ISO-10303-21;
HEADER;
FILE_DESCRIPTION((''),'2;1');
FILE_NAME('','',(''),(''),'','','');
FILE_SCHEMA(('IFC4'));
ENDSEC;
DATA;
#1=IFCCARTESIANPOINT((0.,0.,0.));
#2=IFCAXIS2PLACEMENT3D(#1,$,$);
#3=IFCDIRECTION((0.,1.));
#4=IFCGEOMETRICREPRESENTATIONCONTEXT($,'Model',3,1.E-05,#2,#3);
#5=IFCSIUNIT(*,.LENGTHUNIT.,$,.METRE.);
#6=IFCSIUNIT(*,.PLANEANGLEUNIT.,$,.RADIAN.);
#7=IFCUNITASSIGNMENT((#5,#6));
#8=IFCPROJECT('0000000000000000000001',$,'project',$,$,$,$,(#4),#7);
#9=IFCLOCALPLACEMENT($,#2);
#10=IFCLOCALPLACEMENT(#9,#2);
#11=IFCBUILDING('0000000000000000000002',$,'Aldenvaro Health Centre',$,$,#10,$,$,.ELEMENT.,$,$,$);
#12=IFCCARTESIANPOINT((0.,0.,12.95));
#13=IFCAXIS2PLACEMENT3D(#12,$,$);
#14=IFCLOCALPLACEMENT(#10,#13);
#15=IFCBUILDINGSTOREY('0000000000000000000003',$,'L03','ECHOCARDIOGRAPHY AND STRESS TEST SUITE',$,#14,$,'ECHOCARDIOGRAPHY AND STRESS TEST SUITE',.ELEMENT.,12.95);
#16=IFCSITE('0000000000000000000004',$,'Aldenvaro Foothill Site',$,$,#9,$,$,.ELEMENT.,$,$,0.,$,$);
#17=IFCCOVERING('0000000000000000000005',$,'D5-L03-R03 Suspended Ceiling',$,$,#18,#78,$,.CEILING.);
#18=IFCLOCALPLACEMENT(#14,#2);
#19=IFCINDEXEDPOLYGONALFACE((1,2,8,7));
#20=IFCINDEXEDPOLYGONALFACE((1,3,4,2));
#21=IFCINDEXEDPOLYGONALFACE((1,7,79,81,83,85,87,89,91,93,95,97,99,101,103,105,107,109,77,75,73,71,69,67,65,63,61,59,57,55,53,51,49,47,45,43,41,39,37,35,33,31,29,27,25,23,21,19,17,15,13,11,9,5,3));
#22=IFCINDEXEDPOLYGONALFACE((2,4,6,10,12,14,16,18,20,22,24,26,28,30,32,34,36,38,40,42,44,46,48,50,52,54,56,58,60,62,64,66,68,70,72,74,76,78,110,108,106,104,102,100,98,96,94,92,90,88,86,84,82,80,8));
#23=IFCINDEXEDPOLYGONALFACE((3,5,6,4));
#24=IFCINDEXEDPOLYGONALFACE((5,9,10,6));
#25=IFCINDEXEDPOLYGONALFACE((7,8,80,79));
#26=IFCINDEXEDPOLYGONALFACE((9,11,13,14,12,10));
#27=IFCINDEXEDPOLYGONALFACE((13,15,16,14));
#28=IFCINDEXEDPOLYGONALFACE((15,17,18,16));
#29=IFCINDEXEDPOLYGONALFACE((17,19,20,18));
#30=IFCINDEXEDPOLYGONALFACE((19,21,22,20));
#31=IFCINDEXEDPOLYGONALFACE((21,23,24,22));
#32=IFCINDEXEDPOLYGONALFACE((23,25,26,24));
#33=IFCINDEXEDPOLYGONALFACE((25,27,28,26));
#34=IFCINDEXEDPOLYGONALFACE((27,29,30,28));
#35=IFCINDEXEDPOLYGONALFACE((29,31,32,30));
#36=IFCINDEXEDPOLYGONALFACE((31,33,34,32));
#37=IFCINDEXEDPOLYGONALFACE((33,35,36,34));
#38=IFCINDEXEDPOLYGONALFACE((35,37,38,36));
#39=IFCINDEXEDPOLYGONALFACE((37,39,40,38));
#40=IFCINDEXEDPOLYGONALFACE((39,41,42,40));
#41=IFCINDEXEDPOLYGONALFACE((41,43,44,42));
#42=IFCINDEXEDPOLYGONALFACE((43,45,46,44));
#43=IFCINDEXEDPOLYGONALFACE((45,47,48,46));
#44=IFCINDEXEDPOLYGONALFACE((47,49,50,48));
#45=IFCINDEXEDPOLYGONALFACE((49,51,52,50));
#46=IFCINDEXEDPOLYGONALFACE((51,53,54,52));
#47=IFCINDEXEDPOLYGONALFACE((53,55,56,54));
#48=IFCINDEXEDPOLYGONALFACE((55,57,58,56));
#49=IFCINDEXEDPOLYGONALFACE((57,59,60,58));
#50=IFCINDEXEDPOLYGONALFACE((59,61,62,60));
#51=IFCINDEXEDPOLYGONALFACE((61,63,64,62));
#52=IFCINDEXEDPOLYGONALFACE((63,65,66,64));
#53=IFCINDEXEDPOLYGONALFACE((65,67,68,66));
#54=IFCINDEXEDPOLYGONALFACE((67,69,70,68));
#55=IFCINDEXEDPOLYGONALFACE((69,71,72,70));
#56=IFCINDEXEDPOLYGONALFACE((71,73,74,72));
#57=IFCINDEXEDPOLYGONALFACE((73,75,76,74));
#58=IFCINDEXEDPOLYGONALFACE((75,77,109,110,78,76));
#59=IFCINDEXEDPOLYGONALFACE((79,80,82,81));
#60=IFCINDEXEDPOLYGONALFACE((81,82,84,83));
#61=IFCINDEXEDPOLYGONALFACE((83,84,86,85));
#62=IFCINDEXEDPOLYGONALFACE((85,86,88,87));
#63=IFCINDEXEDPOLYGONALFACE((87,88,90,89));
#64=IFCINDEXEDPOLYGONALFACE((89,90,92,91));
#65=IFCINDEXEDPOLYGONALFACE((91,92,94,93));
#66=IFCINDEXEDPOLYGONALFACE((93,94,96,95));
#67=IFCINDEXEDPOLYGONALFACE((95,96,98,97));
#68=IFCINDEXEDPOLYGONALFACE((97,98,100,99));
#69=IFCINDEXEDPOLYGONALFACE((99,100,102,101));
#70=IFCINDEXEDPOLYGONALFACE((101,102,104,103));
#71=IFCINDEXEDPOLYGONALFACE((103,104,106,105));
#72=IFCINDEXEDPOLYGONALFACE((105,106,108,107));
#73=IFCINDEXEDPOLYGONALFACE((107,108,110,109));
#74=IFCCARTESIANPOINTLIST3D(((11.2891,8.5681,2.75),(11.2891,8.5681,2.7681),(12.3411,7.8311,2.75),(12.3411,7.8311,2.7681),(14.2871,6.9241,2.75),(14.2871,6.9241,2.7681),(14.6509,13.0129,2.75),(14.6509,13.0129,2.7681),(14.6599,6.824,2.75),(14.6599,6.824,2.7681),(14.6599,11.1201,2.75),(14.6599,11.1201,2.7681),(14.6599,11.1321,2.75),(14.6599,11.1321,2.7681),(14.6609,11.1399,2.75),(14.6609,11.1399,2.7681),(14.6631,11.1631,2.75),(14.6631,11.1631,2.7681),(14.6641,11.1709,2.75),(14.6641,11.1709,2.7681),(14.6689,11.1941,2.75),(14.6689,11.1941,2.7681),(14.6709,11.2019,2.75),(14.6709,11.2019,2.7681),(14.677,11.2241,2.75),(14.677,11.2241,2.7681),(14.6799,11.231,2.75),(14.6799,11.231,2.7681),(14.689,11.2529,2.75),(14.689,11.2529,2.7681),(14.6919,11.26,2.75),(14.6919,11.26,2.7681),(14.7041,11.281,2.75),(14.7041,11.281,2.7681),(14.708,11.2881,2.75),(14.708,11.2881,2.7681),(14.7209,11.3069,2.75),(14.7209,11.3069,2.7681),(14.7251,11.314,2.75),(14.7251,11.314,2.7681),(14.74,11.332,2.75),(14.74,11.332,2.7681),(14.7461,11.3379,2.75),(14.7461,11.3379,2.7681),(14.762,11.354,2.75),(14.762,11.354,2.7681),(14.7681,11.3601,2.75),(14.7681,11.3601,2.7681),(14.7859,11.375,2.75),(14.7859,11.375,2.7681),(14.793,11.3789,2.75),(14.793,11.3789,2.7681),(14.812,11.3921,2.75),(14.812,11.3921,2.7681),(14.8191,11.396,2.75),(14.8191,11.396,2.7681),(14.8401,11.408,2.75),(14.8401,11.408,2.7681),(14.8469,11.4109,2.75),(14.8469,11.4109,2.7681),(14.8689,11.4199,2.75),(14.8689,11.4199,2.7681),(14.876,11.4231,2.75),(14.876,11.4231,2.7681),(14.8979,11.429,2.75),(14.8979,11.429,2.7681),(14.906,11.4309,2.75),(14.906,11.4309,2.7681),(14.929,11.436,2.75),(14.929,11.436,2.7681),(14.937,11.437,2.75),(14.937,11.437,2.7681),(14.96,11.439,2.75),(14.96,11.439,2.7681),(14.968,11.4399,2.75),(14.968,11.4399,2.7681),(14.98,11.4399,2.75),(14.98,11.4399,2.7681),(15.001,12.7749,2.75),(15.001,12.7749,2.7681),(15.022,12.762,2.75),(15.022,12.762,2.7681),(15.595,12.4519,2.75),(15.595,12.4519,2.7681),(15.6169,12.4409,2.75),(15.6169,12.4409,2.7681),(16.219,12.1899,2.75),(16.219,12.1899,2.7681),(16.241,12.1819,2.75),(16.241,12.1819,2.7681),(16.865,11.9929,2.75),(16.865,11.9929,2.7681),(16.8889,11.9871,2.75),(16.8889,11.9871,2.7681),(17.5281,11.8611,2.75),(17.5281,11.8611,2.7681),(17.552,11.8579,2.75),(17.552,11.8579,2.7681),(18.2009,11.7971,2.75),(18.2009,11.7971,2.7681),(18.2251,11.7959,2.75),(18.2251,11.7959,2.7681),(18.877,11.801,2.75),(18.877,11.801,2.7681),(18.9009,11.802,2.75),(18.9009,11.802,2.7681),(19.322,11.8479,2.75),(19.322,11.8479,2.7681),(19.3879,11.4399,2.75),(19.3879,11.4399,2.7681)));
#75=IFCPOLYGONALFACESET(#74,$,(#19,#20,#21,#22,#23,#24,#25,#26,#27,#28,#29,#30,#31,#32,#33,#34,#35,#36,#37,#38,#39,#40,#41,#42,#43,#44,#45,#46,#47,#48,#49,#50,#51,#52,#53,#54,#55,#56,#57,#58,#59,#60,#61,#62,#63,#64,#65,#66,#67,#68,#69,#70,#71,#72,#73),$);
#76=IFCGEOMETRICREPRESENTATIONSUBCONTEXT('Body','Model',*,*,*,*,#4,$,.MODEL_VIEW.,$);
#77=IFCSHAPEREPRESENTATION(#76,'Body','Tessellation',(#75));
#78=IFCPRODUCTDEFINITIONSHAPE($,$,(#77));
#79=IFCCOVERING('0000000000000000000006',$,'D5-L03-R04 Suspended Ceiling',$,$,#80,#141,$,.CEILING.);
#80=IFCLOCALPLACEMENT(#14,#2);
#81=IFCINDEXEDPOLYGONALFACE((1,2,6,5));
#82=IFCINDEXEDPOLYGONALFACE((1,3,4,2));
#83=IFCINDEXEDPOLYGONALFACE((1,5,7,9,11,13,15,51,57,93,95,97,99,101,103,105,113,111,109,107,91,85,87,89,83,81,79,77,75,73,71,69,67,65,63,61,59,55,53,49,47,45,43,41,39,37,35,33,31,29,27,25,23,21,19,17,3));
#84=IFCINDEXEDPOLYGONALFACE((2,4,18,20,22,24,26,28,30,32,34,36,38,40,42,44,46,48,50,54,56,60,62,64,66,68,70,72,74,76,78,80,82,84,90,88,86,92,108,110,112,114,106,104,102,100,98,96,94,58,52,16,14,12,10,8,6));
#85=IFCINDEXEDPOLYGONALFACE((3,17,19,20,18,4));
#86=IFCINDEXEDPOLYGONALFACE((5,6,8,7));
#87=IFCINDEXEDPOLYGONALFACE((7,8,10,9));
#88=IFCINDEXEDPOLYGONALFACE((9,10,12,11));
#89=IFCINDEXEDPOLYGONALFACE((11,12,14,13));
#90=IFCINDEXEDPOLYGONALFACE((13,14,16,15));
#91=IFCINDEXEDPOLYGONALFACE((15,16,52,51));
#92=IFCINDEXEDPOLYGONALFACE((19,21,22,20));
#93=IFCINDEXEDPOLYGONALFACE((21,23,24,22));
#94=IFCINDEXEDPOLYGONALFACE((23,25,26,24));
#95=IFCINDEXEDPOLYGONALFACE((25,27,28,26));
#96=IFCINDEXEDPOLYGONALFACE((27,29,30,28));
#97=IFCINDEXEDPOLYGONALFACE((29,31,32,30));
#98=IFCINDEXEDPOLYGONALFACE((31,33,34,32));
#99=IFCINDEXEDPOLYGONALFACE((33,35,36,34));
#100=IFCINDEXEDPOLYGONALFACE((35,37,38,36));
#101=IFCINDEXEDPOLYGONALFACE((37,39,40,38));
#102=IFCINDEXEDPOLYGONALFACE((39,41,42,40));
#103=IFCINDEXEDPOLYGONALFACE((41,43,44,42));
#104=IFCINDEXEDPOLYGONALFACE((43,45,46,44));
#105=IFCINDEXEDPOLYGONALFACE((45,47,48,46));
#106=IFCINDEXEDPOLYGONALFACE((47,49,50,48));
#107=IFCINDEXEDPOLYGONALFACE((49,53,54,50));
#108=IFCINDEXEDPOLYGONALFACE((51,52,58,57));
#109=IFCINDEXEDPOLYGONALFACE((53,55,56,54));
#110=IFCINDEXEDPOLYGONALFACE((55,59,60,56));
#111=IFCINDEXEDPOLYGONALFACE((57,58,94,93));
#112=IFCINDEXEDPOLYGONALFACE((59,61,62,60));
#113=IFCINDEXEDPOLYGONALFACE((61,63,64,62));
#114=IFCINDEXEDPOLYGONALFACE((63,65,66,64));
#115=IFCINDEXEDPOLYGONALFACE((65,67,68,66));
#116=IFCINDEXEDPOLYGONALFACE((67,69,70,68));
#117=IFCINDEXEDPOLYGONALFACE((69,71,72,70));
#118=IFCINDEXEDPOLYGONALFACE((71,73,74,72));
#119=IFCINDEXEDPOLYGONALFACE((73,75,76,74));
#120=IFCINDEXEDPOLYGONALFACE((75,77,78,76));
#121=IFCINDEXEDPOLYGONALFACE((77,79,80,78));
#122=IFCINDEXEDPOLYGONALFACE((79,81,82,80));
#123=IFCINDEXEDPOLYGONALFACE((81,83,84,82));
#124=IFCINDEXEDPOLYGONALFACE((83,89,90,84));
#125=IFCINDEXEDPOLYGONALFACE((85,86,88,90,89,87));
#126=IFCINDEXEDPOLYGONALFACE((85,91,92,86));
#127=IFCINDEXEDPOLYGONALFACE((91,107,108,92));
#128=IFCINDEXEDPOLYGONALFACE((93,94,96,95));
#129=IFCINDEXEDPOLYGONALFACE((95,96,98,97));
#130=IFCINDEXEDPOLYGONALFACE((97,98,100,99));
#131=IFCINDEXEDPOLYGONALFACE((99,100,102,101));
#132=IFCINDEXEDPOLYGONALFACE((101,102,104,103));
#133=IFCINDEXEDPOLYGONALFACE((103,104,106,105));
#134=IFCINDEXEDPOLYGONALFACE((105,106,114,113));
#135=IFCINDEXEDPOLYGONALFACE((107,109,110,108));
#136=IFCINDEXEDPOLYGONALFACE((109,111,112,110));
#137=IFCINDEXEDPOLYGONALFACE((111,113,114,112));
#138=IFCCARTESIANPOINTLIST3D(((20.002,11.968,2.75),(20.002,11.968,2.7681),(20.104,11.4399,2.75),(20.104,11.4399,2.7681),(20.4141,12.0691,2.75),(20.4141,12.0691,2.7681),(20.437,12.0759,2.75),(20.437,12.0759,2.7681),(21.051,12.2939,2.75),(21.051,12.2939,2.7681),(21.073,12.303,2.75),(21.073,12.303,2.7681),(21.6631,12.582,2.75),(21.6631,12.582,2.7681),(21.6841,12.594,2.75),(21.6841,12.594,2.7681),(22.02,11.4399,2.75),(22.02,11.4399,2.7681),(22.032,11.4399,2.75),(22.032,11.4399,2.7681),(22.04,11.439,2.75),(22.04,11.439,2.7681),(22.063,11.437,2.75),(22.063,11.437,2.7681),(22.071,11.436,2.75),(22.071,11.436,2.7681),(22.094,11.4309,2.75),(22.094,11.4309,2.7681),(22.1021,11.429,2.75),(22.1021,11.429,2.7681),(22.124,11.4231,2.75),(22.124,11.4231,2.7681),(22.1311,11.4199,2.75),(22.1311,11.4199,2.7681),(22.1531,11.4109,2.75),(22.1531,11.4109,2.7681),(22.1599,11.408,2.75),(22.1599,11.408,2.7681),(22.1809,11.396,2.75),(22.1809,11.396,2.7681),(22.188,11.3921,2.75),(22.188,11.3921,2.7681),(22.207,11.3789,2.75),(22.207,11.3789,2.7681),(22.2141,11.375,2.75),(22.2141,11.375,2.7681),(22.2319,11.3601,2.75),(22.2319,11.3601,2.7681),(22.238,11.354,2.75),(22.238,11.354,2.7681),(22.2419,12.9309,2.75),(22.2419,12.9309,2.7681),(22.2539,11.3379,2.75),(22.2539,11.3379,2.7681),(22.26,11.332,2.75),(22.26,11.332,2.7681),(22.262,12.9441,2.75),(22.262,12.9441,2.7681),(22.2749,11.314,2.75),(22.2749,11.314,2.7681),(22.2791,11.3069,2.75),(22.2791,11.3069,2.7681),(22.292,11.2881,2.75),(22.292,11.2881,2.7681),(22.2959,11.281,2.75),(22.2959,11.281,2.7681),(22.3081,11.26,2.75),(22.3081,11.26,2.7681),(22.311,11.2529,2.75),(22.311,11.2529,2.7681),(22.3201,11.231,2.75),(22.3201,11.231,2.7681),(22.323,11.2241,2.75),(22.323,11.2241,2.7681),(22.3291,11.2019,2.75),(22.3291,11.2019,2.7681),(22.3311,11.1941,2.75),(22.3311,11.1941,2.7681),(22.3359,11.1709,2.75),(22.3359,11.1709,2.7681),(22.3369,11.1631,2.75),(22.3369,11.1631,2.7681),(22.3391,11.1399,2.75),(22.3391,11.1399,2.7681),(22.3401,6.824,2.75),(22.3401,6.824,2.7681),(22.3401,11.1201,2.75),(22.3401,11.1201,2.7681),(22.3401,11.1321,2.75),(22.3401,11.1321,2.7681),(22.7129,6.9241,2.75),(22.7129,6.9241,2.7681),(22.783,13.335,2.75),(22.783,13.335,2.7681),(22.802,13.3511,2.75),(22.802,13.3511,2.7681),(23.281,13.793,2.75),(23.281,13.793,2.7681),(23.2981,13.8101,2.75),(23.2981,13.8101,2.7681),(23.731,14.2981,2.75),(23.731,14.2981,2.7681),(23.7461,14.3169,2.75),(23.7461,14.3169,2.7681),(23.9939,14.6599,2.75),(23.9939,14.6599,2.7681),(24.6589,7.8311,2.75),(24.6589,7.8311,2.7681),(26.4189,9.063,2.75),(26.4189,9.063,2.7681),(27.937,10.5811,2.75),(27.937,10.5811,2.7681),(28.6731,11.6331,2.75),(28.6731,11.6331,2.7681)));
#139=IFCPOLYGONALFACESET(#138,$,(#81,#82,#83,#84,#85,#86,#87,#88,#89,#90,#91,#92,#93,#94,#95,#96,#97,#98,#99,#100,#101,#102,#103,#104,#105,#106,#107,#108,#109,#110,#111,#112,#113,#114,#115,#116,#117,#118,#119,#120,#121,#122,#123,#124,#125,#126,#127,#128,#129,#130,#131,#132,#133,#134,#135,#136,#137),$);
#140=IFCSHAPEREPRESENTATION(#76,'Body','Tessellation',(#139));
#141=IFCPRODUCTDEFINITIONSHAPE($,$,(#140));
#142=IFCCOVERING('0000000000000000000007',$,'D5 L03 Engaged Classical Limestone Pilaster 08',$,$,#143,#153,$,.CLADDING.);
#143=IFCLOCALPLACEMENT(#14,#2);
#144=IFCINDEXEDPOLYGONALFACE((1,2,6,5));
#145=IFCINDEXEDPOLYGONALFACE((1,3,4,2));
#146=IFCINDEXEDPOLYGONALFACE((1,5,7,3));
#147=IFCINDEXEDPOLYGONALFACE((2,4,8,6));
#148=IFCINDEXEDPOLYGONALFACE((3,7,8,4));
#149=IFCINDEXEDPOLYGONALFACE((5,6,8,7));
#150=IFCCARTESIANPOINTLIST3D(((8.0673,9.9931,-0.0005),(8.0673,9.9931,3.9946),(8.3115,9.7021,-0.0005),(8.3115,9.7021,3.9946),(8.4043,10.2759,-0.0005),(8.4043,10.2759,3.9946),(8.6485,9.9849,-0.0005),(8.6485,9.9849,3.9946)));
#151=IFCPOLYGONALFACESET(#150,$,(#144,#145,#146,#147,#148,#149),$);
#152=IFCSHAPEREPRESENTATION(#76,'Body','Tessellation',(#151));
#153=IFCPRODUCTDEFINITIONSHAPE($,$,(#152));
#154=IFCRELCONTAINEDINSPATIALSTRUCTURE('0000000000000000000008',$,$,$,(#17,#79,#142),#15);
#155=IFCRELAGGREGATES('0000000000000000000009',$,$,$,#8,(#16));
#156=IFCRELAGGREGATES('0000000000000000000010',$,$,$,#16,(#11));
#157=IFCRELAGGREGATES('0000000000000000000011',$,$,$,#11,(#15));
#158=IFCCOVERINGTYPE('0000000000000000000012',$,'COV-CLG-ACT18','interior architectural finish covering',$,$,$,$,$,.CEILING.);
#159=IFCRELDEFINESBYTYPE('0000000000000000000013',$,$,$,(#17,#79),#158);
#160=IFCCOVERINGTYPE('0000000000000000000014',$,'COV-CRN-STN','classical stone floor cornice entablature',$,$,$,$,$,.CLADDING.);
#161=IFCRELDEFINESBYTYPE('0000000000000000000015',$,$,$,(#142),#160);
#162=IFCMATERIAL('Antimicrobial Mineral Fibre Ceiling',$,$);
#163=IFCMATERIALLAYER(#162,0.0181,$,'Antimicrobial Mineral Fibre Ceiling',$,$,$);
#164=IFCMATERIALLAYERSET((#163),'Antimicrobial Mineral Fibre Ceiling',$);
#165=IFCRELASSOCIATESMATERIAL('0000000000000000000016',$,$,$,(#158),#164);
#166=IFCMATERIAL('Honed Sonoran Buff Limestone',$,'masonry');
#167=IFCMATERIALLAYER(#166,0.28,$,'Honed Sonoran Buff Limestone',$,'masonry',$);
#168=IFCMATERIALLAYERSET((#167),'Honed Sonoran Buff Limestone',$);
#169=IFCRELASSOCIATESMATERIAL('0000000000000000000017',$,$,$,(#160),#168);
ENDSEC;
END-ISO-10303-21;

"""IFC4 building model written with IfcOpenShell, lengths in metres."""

from ifc_helpers import new_model, si_unit, direction, frame, origin, origin_2d, place, context, subcontext, project, spatial, polyline, rectangle, outline, extrude, material, layer, layer_set, type_object, element, save


model = new_model("IFC4")

# Units and contexts
model_context = context("Model", 3, precision=1e-05, world=origin(), true_north=direction((0.0, 1.0)))
body_context = subcontext(model_context, "Body", "Model", "MODEL_VIEW")
ifc_project = project(units=[si_unit("LENGTHUNIT", "METRE"), si_unit("PLANEANGLEUNIT", "RADIAN")], contexts=[model_context])

# Site, building, storey
site_placement = place(None, origin())
site = spatial("IfcSite", under=ifc_project, at=site_placement, Name="Aldenvaro Foothill Site", CompositionType="ELEMENT", RefElevation=0.0)
building_placement = place(site_placement, origin())
building = spatial("IfcBuilding", under=site, at=building_placement, Name="Aldenvaro Health Centre", CompositionType="ELEMENT")
storey_placement = place(building_placement, frame((0.0, 0.0, 12.95)))
storey = spatial("IfcBuildingStorey", under=building, at=storey_placement, Name="L03", Description="ECHOCARDIOGRAPHY AND STRESS TEST SUITE", LongName="ECHOCARDIOGRAPHY AND STRESS TEST SUITE", CompositionType="ELEMENT", Elevation=12.95)

# Coverings
ifc_material_1 = material(Name="Antimicrobial Mineral Fibre Ceiling")
ifc_layer_1 = layer(ifc_material_1, 0.0181, Name="Antimicrobial Mineral Fibre Ceiling")
ifc_layer_set_1 = layer_set([ifc_layer_1], Name="Antimicrobial Mineral Fibre Ceiling")
covering_type_1 = type_object("IfcCoveringType", Name="COV-CLG-ACT18", Description="interior architectural finish covering", PredefinedType="CEILING", material=ifc_layer_set_1)
covering_1_placement = place(storey_placement, frame((0.0, 0.0, 2.75)))
element("IfcCovering", 1, at=covering_1_placement, inside=storey, type_object=covering_type_1, Name="D5-L03-R03 Suspended Ceiling", PredefinedType="CEILING", context=body_context, shape_type="SweptSolid", body=[
    extrude(outline(polyline([(15.001, 12.7749), (15.022, 12.762), (15.595, 12.4519), (15.6169, 12.4409), (16.219, 12.1899), (16.241, 12.1819), (16.865, 11.9929), (16.8889, 11.9871), (17.5281, 11.8611), (17.552, 11.8579), (18.2009, 11.7971), (18.2251, 11.7959), (18.877, 11.801), (18.9009, 11.802), (19.322, 11.8479), (19.3879, 11.4399), (14.98, 11.4399), (14.968, 11.4399), (14.96, 11.439), (14.937, 11.437), (14.929, 11.436), (14.906, 11.4309), (14.8979, 11.429), (14.876, 11.4231), (14.8689, 11.4199), (14.8469, 11.4109), (14.8401, 11.408), (14.8191, 11.396), (14.812, 11.3921), (14.793, 11.3789), (14.7859, 11.375), (14.7681, 11.3601), (14.762, 11.354), (14.7461, 11.3379), (14.74, 11.332), (14.7251, 11.314), (14.7209, 11.3069), (14.708, 11.2881), (14.7041, 11.281), (14.6919, 11.26), (14.689, 11.2529), (14.6799, 11.231), (14.677, 11.2241), (14.6709, 11.2019), (14.6689, 11.1941), (14.6641, 11.1709), (14.6631, 11.1631), (14.6609, 11.1399), (14.6599, 11.1321), (14.6599, 11.1201), (14.6599, 6.824), (14.2871, 6.9241), (12.3411, 7.8311), (11.2891, 8.5681), (14.6509, 13.0129), (15.001, 12.7749)])), origin(), (0.0, 0.0, 1.0), 0.0181),
])
covering_2_placement = place(storey_placement, frame((0.0, 0.0, 2.75)))
element("IfcCovering", 2, at=covering_2_placement, inside=storey, type_object=covering_type_1, Name="D5-L03-R04 Suspended Ceiling", PredefinedType="CEILING", context=body_context, shape_type="SweptSolid", body=[
    extrude(outline(polyline([(20.4141, 12.0691), (20.437, 12.0759), (21.051, 12.2939), (21.073, 12.303), (21.6631, 12.582), (21.6841, 12.594), (22.2419, 12.9309), (22.262, 12.9441), (22.783, 13.335), (22.802, 13.3511), (23.281, 13.793), (23.2981, 13.8101), (23.731, 14.2981), (23.7461, 14.3169), (23.9939, 14.6599), (28.6731, 11.6331), (27.937, 10.5811), (26.4189, 9.063), (24.6589, 7.8311), (22.7129, 6.9241), (22.3401, 6.824), (22.3401, 11.1201), (22.3401, 11.1321), (22.3391, 11.1399), (22.3369, 11.1631), (22.3359, 11.1709), (22.3311, 11.1941), (22.3291, 11.2019), (22.323, 11.2241), (22.3201, 11.231), (22.311, 11.2529), (22.3081, 11.26), (22.2959, 11.281), (22.292, 11.2881), (22.2791, 11.3069), (22.2749, 11.314), (22.26, 11.332), (22.2539, 11.3379), (22.238, 11.354), (22.2319, 11.3601), (22.2141, 11.375), (22.207, 11.3789), (22.188, 11.3921), (22.1809, 11.396), (22.1599, 11.408), (22.1531, 11.4109), (22.1311, 11.4199), (22.124, 11.4231), (22.1021, 11.429), (22.094, 11.4309), (22.071, 11.436), (22.063, 11.437), (22.04, 11.439), (22.032, 11.4399), (22.02, 11.4399), (20.104, 11.4399), (20.002, 11.968), (20.4141, 12.0691)])), origin(), (0.0, 0.0, 1.0), 0.0181),
])
ifc_material_2 = material(Name="Honed Sonoran Buff Limestone", Category="masonry")
ifc_layer_2 = layer(ifc_material_2, 0.28, Name="Honed Sonoran Buff Limestone", Category="masonry")
ifc_layer_set_2 = layer_set([ifc_layer_2], Name="Honed Sonoran Buff Limestone")
covering_type_2 = type_object("IfcCoveringType", Name="COV-CRN-STN", Description="classical stone floor cornice entablature", PredefinedType="CLADDING", material=ifc_layer_set_2)
covering_3_placement = place(storey_placement, frame((8.3579, 9.989, -0.0005), z_axis=(0.0, 0.0, 1.0), x_axis=(-0.766044, -0.642788, 0.0)))
element("IfcCovering", 3, at=covering_3_placement, inside=storey, type_object=covering_type_2, Name="D5 L03 Engaged Classical Limestone Pilaster 08", PredefinedType="CLADDING", context=body_context, shape_type="SweptSolid", body=[
    extrude(rectangle(XDim=0.4399, YDim=0.3799, at=origin_2d()), origin(), (0.0, 0.0, 1.0), 3.9951),
])

save(model, "model.ifc")
